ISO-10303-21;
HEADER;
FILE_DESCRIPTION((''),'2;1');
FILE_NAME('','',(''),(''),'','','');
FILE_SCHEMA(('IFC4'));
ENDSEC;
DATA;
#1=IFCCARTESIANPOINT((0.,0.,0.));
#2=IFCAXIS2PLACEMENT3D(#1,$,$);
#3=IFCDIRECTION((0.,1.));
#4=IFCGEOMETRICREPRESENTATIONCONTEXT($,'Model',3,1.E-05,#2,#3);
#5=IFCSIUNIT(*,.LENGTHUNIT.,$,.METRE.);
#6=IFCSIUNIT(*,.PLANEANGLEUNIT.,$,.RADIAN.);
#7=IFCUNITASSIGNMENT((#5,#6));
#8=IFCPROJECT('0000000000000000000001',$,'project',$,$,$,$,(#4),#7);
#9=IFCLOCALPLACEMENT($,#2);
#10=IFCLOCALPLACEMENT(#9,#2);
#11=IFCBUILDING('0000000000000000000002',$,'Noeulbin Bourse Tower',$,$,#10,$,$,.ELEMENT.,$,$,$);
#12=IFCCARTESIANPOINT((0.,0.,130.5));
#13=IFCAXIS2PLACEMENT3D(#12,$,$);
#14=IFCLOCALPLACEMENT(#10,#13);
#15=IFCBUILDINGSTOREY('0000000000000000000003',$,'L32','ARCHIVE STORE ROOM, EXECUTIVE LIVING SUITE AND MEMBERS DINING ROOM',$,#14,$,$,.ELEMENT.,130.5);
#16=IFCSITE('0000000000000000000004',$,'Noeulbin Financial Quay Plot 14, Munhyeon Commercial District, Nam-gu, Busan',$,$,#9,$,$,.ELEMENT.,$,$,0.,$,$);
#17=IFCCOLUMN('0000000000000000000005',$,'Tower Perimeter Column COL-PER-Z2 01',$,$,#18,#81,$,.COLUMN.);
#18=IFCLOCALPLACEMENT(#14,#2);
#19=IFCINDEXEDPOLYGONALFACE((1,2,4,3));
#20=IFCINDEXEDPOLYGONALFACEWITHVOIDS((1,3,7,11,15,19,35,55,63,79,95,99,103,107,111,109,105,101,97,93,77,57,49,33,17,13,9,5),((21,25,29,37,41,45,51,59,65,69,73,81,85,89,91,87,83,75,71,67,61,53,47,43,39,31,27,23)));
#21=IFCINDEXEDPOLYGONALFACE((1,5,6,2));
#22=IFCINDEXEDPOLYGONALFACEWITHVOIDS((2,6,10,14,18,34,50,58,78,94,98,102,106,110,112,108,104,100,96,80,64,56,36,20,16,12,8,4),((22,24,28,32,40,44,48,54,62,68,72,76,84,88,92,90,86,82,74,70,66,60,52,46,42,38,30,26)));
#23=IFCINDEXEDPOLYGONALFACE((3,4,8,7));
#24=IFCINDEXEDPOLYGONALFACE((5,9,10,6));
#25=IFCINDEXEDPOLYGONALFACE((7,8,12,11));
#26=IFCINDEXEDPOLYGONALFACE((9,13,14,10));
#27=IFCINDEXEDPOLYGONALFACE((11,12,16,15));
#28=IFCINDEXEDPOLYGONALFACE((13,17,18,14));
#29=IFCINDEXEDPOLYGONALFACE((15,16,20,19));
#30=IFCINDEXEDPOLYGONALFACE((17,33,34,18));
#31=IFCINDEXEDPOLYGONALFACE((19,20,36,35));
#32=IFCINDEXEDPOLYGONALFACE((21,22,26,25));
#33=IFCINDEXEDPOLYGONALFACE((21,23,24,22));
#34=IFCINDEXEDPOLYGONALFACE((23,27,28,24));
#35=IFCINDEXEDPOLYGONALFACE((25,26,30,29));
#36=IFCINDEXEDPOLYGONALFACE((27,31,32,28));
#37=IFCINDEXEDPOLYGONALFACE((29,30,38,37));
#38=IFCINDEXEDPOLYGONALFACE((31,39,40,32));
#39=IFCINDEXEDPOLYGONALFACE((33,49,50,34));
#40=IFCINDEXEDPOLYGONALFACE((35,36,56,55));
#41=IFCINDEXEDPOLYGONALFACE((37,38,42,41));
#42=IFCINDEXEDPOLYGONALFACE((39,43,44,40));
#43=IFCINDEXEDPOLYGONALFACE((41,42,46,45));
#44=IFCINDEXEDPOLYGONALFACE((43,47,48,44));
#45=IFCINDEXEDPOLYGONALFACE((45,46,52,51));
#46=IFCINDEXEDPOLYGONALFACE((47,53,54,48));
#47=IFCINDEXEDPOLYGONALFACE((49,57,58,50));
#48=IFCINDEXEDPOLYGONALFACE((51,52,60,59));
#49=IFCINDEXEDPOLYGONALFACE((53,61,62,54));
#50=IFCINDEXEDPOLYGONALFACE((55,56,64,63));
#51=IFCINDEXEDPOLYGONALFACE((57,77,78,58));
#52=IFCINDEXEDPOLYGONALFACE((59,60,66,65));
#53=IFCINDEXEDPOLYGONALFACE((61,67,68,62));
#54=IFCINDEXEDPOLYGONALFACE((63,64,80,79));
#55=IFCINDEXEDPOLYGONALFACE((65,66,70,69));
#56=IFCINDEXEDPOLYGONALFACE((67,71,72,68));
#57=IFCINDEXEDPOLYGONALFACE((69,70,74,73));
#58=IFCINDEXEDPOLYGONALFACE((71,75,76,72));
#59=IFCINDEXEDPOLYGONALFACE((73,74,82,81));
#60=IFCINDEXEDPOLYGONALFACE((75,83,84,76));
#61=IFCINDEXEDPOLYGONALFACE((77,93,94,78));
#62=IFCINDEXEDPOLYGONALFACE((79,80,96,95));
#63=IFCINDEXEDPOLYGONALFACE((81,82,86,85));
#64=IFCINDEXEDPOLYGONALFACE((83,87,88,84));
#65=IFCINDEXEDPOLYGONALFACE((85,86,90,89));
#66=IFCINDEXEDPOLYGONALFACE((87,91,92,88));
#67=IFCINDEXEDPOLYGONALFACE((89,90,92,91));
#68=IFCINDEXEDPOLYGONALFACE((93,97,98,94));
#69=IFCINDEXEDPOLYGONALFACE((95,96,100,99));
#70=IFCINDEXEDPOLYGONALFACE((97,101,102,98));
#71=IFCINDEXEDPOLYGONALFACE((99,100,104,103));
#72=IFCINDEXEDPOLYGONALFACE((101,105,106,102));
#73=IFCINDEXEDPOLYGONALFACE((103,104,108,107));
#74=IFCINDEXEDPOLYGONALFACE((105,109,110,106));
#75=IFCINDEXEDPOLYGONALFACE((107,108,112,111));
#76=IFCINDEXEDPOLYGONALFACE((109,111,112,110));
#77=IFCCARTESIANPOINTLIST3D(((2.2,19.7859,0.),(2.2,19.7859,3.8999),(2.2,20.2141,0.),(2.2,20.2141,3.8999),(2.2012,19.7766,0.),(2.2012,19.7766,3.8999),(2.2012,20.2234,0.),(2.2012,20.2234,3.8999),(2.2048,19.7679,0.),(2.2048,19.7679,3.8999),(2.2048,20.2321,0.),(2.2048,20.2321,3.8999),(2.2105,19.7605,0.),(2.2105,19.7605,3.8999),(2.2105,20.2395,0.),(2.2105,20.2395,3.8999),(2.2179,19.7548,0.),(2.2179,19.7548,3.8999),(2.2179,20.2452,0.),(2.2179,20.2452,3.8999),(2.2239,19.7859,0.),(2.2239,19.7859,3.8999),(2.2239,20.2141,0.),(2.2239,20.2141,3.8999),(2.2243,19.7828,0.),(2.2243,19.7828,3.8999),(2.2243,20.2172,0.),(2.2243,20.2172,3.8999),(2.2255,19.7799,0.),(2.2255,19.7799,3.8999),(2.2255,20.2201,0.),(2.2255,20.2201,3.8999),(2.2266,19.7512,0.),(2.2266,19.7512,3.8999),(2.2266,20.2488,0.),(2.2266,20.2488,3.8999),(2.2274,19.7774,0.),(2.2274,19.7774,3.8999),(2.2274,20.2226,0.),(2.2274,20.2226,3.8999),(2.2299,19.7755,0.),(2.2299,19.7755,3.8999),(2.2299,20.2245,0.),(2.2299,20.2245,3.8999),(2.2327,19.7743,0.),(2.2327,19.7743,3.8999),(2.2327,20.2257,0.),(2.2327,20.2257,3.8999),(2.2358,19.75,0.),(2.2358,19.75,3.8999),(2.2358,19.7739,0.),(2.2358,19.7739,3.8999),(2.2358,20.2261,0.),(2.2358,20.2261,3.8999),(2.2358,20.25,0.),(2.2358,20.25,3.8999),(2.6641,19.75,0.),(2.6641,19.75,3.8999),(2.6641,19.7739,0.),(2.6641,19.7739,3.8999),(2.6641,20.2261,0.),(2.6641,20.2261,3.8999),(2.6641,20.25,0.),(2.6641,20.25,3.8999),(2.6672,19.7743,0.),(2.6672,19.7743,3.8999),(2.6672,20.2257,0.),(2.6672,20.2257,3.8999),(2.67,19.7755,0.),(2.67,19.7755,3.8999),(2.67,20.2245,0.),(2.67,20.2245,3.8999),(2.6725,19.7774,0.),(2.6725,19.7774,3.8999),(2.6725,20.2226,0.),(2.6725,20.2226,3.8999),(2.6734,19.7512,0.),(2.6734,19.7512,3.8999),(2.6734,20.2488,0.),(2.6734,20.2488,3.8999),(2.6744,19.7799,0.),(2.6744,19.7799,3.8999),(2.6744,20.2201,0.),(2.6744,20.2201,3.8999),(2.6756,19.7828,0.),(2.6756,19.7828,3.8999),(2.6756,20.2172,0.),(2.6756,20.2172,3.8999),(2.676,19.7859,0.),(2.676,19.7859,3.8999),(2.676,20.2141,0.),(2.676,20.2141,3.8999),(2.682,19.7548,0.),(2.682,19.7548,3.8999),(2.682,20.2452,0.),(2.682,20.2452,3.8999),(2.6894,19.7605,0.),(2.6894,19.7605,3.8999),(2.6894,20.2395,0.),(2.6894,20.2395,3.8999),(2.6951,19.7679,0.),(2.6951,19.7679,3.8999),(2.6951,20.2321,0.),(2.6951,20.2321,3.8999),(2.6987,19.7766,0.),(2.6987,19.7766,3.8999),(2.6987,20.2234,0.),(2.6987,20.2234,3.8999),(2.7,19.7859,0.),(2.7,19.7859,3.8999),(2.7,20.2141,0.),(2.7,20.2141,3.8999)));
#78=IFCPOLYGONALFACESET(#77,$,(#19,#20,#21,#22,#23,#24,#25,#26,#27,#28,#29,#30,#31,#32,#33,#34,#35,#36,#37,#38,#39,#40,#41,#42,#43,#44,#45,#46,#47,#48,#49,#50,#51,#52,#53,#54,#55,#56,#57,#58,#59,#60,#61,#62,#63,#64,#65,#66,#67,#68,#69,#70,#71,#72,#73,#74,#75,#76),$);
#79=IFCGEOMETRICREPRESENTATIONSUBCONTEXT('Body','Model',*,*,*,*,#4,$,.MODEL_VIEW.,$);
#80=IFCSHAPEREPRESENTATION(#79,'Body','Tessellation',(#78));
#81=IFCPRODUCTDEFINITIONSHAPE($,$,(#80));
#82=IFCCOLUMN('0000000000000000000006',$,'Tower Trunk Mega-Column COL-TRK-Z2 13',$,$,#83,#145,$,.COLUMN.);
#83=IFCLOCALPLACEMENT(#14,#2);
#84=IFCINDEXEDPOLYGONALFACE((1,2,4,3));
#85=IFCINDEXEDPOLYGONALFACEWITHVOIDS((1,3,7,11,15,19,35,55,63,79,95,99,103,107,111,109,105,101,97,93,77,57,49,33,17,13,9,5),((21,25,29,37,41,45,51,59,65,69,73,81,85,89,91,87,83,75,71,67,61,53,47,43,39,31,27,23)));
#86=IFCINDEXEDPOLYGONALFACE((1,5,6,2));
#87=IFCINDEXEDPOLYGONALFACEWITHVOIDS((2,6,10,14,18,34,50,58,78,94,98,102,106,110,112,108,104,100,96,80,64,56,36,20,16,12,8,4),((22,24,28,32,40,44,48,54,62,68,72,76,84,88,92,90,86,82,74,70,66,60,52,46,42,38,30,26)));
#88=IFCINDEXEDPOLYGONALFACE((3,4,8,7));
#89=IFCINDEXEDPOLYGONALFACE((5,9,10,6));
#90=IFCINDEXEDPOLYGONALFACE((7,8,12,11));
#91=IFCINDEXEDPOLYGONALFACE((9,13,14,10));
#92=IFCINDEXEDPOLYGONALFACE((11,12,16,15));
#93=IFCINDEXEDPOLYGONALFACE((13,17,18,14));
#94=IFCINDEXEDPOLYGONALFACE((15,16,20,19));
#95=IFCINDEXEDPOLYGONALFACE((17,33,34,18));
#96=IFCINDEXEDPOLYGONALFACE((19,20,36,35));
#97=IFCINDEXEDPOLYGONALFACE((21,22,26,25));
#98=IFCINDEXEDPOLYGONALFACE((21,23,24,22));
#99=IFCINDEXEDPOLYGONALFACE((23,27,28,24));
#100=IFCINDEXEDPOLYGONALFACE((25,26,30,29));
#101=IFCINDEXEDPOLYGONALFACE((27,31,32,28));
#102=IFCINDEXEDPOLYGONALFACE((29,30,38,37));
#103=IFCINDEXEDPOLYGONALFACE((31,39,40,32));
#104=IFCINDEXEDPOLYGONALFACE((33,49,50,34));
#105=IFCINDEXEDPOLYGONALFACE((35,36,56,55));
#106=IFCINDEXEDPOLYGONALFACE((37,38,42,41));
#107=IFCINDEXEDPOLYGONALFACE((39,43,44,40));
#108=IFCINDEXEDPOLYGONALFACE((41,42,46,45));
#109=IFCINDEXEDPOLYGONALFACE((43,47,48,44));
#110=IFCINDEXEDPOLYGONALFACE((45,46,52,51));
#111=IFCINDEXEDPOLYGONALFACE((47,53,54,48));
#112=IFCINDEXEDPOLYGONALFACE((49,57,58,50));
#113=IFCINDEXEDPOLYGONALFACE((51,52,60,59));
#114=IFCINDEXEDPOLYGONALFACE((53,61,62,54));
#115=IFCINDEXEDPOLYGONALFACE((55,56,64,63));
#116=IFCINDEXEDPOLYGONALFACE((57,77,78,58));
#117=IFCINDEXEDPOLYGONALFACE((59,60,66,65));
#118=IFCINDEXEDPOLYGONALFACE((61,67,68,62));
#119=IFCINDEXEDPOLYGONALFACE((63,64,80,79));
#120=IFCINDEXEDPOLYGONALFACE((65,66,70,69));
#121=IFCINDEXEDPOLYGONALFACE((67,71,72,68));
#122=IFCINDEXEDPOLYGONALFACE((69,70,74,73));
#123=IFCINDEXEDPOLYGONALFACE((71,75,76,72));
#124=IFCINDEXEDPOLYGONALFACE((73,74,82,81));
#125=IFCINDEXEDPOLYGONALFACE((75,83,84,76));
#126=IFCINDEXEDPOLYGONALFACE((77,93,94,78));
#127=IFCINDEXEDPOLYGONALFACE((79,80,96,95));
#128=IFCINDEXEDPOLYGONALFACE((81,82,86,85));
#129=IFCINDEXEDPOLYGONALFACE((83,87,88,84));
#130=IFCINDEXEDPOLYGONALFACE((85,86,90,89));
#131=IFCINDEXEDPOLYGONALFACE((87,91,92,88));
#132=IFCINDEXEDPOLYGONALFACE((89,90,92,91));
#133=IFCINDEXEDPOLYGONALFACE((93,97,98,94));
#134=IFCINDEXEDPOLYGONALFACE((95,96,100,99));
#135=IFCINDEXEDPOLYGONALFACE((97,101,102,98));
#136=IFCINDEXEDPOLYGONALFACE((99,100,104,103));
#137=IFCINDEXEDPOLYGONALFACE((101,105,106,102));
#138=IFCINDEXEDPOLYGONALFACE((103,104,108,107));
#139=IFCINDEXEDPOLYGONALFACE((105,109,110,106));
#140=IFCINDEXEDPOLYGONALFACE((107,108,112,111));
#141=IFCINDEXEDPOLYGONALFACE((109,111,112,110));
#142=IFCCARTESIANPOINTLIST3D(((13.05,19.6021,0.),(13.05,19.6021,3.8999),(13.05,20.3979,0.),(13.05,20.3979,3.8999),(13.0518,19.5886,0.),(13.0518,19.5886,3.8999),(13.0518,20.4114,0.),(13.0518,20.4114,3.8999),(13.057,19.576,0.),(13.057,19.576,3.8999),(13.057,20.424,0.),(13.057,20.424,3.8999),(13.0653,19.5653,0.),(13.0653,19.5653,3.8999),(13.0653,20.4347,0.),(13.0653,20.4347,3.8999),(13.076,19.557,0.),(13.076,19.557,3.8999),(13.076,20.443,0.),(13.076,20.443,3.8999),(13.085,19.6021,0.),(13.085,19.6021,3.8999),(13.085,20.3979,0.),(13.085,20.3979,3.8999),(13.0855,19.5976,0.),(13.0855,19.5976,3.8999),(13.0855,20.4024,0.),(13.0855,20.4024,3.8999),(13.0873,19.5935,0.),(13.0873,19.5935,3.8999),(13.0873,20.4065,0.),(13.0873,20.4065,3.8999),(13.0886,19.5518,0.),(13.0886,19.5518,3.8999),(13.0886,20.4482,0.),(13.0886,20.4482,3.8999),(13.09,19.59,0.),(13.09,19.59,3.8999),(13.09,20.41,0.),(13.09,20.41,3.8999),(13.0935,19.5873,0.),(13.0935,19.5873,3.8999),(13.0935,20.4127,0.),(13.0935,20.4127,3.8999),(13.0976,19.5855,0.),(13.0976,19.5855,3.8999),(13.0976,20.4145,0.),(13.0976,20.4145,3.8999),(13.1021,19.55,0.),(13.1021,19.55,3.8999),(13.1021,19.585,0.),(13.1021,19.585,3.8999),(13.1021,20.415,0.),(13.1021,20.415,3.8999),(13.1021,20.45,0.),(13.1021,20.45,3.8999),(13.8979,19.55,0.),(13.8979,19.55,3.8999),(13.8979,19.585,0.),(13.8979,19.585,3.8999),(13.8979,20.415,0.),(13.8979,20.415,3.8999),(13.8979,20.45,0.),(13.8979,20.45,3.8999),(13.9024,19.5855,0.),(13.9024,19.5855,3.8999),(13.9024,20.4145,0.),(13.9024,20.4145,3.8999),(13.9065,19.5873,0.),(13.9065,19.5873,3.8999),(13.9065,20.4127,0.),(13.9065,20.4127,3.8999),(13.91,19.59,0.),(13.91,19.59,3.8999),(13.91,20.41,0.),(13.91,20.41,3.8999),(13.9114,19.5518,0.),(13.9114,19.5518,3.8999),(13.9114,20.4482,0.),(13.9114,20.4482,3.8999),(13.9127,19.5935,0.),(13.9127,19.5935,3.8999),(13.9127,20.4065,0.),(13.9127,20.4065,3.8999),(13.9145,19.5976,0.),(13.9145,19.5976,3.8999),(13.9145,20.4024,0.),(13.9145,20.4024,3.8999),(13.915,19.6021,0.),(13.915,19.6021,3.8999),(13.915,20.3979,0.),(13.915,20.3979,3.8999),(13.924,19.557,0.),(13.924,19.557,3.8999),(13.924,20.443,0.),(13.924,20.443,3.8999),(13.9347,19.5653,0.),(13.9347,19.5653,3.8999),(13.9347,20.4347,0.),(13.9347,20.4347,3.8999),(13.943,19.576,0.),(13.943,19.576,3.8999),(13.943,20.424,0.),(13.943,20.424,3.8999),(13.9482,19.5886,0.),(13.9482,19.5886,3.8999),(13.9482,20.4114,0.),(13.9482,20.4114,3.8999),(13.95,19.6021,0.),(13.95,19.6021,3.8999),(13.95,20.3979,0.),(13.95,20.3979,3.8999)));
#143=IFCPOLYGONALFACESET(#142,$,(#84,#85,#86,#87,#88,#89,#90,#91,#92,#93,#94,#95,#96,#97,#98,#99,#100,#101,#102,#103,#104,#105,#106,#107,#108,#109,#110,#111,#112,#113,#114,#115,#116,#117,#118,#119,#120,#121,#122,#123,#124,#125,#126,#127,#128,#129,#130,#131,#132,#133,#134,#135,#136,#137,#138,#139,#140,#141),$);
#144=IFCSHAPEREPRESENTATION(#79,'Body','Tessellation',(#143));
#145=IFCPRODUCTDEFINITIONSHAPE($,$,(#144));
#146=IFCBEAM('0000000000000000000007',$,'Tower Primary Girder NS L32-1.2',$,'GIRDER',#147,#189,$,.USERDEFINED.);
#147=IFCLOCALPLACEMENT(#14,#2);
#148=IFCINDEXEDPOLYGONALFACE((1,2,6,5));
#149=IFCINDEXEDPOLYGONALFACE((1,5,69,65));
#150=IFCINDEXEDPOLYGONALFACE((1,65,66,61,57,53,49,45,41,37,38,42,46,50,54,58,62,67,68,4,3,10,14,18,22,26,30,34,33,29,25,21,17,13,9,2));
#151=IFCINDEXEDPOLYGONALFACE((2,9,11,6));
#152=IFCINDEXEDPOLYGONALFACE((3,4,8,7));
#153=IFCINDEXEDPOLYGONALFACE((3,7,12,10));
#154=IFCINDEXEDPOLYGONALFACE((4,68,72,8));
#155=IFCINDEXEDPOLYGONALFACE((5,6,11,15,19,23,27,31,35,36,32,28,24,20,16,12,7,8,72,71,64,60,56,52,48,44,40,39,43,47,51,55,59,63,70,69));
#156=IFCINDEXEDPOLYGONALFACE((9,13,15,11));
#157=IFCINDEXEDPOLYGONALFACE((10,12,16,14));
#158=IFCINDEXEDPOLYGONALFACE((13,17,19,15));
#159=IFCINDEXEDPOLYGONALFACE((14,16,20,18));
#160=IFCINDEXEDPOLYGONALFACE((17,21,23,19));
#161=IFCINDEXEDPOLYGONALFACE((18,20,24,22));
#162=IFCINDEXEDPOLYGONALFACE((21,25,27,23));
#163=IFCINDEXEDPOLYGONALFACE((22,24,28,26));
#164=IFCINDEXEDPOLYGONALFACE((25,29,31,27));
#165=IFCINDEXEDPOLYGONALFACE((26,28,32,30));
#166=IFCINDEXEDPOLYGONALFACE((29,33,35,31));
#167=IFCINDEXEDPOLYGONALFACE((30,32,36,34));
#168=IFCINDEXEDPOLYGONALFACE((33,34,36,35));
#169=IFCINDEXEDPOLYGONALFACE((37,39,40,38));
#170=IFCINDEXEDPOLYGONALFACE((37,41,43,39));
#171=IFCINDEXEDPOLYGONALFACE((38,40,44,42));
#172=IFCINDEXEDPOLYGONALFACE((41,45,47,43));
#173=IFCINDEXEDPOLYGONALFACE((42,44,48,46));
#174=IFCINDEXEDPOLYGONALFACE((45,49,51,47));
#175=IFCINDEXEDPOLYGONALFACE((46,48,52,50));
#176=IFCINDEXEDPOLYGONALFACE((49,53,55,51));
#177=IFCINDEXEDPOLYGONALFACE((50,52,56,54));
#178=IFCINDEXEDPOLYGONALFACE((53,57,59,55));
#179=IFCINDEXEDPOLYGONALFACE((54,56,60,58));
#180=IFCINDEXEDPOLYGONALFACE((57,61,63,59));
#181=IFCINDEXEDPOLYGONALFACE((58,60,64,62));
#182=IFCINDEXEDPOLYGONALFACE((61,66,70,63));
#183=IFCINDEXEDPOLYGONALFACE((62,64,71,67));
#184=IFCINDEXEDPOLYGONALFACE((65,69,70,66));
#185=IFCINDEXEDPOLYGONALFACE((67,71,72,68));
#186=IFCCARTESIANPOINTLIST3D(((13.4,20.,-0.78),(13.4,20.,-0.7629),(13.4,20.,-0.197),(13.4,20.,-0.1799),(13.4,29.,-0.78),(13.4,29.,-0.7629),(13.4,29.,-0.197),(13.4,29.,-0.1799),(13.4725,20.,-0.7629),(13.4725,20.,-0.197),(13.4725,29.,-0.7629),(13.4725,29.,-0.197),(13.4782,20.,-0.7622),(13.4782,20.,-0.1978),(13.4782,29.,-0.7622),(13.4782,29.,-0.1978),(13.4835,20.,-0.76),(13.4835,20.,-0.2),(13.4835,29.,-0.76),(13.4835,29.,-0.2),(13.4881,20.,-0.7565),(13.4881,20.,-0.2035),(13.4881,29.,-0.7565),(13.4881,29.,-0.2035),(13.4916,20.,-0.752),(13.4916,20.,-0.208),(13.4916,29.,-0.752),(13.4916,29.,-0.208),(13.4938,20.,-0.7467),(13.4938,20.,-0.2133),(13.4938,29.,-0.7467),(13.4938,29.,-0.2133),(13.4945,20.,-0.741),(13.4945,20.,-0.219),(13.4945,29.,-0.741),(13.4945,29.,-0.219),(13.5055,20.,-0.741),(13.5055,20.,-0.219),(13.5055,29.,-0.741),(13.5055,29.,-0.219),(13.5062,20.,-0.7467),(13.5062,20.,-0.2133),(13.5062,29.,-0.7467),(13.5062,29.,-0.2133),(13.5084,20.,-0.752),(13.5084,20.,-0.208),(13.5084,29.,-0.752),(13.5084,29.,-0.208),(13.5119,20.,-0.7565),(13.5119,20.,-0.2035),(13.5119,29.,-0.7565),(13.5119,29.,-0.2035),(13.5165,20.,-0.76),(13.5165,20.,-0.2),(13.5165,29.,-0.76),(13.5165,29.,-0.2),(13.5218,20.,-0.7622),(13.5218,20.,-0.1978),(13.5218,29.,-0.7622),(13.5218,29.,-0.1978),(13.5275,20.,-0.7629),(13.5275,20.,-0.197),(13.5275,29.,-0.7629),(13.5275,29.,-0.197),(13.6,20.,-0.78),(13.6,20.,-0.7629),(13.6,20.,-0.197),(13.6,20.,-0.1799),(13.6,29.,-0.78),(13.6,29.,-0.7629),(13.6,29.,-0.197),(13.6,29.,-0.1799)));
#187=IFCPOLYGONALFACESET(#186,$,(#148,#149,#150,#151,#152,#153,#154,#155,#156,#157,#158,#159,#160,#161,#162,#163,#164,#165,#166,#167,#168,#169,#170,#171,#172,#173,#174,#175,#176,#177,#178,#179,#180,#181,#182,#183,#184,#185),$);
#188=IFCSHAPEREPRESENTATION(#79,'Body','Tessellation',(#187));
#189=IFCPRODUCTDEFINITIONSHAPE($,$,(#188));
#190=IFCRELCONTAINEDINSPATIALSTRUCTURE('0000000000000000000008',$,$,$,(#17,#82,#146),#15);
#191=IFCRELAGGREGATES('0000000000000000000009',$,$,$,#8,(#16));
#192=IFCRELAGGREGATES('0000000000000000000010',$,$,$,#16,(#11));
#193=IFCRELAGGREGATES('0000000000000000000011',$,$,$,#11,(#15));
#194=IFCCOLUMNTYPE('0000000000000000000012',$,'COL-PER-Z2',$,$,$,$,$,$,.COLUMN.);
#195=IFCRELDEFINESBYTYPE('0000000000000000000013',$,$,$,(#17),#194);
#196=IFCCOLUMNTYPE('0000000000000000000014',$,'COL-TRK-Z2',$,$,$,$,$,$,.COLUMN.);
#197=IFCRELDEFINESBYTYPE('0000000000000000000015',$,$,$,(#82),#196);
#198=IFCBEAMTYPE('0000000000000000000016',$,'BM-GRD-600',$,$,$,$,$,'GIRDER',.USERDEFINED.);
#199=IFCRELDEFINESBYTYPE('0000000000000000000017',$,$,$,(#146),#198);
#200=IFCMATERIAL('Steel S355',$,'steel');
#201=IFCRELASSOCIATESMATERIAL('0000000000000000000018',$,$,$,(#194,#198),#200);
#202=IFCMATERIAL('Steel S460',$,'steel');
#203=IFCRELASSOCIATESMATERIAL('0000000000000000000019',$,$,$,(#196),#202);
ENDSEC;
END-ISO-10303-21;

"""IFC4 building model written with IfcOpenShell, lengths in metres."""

from ifc_helpers import new_model, si_unit, direction, frame, origin, origin_2d, place, context, subcontext, project, spatial, hollow_rectangle, i_section, extrude, material, material_profile, profile_set, type_object, element, save


model = new_model("IFC4")

# Units and contexts
model_context = context("Model", 3, precision=1e-05, world=origin(), true_north=direction((0.0, 1.0)))
body_context = subcontext(model_context, "Body", "Model", "MODEL_VIEW")
ifc_project = project(units=[si_unit("LENGTHUNIT", "METRE"), si_unit("PLANEANGLEUNIT", "RADIAN")], contexts=[model_context])

# Site, building, storey
site_placement = place(None, origin())
site = spatial("IfcSite", under=ifc_project, at=site_placement, Name="Noeulbin Financial Quay Plot 14, Munhyeon Commercial District, Nam-gu, Busan", CompositionType="ELEMENT", RefElevation=0.0)
building_placement = place(site_placement, origin())
building = spatial("IfcBuilding", under=site, at=building_placement, Name="Noeulbin Bourse Tower", CompositionType="ELEMENT")
storey_placement = place(building_placement, frame((0.0, 0.0, 130.5)))
storey = spatial("IfcBuildingStorey", under=building, at=storey_placement, Name="L32", Description="ARCHIVE STORE ROOM, EXECUTIVE LIVING SUITE AND MEMBERS DINING ROOM", CompositionType="ELEMENT", Elevation=130.5)

# Columns
ifc_material_1 = material(Name="Steel S355", Category="steel")
ifc_material_profile_1 = material_profile(ifc_material_1, hollow_rectangle(XDim=0.5, YDim=0.5, WallThickness=0.0239, InnerFilletRadius=0.012, OuterFilletRadius=0.0359, at=origin_2d()), Name="BOX-500x500x24", Category="LoadBearing")
ifc_profile_set_1 = profile_set([ifc_material_profile_1], Name="Steel S355")
column_type_1 = type_object("IfcColumnType", Name="COL-PER-Z2", PredefinedType="COLUMN", material=ifc_profile_set_1)
column_1_placement = place(storey_placement, frame((2.45, 20.0, 0.0), z_axis=(0.0, 0.0, 1.0), x_axis=(1.0, 0.0, 0.0)))
element("IfcColumn", 1, at=column_1_placement, inside=storey, type_object=column_type_1, Name="Tower Perimeter Column COL-PER-Z2 01", PredefinedType="COLUMN", context=body_context, shape_type="SweptSolid", body=[
    extrude(hollow_rectangle(XDim=0.5, YDim=0.5, WallThickness=0.0239, InnerFilletRadius=0.012, OuterFilletRadius=0.0359, at=origin_2d()), origin(), (0.0, 0.0, 1.0), 3.8999),
])
ifc_material_2 = material(Name="Steel S460", Category="steel")
ifc_material_profile_2 = material_profile(ifc_material_2, hollow_rectangle(XDim=0.8999, YDim=0.8999, WallThickness=0.0349, InnerFilletRadius=0.0171, OuterFilletRadius=0.052, at=origin_2d()), Name="BOX-900x900x35", Category="LoadBearing")
ifc_profile_set_2 = profile_set([ifc_material_profile_2], Name="Steel S460")
column_type_2 = type_object("IfcColumnType", Name="COL-TRK-Z2", PredefinedType="COLUMN", material=ifc_profile_set_2)
column_2_placement = place(storey_placement, frame((13.5, 20.0, 0.0), z_axis=(0.0, 0.0, 1.0), x_axis=(1.0, 0.0, 0.0)))
element("IfcColumn", 2, at=column_2_placement, inside=storey, type_object=column_type_2, Name="Tower Trunk Mega-Column COL-TRK-Z2 13", PredefinedType="COLUMN", context=body_context, shape_type="SweptSolid", body=[
    extrude(hollow_rectangle(XDim=0.8999, YDim=0.8999, WallThickness=0.0349, InnerFilletRadius=0.0171, OuterFilletRadius=0.052, at=origin_2d()), origin(), (0.0, 0.0, 1.0), 3.8999),
])

# Beam
ifc_material_profile_3 = material_profile(ifc_material_1, i_section(OverallWidth=0.2, OverallDepth=0.6001, WebThickness=0.011, FlangeThickness=0.0171, FilletRadius=0.022, at=origin_2d()), Name="H-600x200x11x17", Category="LoadBearing")
ifc_profile_set_3 = profile_set([ifc_material_profile_3], Name="Steel S355")
beam_type_1 = type_object("IfcBeamType", Name="BM-GRD-600", ElementType="GIRDER", PredefinedType="USERDEFINED", material=ifc_profile_set_3)
beam_1_placement = place(storey_placement, frame((13.5, 20.0, -0.48), z_axis=(0.0, 1.0, 0.0), x_axis=(-1.0, 0.0, 0.0)))
element("IfcBeam", 3, at=beam_1_placement, inside=storey, type_object=beam_type_1, Name="Tower Primary Girder NS L32-1.2", ObjectType="GIRDER", PredefinedType="USERDEFINED", context=body_context, shape_type="SweptSolid", body=[
    extrude(i_section(OverallWidth=0.2, OverallDepth=0.6001, WebThickness=0.011, FlangeThickness=0.0171, FilletRadius=0.022, at=origin_2d()), origin(), (0.0, 0.0, 1.0), 9.0),
])

save(model, "model.ifc")
